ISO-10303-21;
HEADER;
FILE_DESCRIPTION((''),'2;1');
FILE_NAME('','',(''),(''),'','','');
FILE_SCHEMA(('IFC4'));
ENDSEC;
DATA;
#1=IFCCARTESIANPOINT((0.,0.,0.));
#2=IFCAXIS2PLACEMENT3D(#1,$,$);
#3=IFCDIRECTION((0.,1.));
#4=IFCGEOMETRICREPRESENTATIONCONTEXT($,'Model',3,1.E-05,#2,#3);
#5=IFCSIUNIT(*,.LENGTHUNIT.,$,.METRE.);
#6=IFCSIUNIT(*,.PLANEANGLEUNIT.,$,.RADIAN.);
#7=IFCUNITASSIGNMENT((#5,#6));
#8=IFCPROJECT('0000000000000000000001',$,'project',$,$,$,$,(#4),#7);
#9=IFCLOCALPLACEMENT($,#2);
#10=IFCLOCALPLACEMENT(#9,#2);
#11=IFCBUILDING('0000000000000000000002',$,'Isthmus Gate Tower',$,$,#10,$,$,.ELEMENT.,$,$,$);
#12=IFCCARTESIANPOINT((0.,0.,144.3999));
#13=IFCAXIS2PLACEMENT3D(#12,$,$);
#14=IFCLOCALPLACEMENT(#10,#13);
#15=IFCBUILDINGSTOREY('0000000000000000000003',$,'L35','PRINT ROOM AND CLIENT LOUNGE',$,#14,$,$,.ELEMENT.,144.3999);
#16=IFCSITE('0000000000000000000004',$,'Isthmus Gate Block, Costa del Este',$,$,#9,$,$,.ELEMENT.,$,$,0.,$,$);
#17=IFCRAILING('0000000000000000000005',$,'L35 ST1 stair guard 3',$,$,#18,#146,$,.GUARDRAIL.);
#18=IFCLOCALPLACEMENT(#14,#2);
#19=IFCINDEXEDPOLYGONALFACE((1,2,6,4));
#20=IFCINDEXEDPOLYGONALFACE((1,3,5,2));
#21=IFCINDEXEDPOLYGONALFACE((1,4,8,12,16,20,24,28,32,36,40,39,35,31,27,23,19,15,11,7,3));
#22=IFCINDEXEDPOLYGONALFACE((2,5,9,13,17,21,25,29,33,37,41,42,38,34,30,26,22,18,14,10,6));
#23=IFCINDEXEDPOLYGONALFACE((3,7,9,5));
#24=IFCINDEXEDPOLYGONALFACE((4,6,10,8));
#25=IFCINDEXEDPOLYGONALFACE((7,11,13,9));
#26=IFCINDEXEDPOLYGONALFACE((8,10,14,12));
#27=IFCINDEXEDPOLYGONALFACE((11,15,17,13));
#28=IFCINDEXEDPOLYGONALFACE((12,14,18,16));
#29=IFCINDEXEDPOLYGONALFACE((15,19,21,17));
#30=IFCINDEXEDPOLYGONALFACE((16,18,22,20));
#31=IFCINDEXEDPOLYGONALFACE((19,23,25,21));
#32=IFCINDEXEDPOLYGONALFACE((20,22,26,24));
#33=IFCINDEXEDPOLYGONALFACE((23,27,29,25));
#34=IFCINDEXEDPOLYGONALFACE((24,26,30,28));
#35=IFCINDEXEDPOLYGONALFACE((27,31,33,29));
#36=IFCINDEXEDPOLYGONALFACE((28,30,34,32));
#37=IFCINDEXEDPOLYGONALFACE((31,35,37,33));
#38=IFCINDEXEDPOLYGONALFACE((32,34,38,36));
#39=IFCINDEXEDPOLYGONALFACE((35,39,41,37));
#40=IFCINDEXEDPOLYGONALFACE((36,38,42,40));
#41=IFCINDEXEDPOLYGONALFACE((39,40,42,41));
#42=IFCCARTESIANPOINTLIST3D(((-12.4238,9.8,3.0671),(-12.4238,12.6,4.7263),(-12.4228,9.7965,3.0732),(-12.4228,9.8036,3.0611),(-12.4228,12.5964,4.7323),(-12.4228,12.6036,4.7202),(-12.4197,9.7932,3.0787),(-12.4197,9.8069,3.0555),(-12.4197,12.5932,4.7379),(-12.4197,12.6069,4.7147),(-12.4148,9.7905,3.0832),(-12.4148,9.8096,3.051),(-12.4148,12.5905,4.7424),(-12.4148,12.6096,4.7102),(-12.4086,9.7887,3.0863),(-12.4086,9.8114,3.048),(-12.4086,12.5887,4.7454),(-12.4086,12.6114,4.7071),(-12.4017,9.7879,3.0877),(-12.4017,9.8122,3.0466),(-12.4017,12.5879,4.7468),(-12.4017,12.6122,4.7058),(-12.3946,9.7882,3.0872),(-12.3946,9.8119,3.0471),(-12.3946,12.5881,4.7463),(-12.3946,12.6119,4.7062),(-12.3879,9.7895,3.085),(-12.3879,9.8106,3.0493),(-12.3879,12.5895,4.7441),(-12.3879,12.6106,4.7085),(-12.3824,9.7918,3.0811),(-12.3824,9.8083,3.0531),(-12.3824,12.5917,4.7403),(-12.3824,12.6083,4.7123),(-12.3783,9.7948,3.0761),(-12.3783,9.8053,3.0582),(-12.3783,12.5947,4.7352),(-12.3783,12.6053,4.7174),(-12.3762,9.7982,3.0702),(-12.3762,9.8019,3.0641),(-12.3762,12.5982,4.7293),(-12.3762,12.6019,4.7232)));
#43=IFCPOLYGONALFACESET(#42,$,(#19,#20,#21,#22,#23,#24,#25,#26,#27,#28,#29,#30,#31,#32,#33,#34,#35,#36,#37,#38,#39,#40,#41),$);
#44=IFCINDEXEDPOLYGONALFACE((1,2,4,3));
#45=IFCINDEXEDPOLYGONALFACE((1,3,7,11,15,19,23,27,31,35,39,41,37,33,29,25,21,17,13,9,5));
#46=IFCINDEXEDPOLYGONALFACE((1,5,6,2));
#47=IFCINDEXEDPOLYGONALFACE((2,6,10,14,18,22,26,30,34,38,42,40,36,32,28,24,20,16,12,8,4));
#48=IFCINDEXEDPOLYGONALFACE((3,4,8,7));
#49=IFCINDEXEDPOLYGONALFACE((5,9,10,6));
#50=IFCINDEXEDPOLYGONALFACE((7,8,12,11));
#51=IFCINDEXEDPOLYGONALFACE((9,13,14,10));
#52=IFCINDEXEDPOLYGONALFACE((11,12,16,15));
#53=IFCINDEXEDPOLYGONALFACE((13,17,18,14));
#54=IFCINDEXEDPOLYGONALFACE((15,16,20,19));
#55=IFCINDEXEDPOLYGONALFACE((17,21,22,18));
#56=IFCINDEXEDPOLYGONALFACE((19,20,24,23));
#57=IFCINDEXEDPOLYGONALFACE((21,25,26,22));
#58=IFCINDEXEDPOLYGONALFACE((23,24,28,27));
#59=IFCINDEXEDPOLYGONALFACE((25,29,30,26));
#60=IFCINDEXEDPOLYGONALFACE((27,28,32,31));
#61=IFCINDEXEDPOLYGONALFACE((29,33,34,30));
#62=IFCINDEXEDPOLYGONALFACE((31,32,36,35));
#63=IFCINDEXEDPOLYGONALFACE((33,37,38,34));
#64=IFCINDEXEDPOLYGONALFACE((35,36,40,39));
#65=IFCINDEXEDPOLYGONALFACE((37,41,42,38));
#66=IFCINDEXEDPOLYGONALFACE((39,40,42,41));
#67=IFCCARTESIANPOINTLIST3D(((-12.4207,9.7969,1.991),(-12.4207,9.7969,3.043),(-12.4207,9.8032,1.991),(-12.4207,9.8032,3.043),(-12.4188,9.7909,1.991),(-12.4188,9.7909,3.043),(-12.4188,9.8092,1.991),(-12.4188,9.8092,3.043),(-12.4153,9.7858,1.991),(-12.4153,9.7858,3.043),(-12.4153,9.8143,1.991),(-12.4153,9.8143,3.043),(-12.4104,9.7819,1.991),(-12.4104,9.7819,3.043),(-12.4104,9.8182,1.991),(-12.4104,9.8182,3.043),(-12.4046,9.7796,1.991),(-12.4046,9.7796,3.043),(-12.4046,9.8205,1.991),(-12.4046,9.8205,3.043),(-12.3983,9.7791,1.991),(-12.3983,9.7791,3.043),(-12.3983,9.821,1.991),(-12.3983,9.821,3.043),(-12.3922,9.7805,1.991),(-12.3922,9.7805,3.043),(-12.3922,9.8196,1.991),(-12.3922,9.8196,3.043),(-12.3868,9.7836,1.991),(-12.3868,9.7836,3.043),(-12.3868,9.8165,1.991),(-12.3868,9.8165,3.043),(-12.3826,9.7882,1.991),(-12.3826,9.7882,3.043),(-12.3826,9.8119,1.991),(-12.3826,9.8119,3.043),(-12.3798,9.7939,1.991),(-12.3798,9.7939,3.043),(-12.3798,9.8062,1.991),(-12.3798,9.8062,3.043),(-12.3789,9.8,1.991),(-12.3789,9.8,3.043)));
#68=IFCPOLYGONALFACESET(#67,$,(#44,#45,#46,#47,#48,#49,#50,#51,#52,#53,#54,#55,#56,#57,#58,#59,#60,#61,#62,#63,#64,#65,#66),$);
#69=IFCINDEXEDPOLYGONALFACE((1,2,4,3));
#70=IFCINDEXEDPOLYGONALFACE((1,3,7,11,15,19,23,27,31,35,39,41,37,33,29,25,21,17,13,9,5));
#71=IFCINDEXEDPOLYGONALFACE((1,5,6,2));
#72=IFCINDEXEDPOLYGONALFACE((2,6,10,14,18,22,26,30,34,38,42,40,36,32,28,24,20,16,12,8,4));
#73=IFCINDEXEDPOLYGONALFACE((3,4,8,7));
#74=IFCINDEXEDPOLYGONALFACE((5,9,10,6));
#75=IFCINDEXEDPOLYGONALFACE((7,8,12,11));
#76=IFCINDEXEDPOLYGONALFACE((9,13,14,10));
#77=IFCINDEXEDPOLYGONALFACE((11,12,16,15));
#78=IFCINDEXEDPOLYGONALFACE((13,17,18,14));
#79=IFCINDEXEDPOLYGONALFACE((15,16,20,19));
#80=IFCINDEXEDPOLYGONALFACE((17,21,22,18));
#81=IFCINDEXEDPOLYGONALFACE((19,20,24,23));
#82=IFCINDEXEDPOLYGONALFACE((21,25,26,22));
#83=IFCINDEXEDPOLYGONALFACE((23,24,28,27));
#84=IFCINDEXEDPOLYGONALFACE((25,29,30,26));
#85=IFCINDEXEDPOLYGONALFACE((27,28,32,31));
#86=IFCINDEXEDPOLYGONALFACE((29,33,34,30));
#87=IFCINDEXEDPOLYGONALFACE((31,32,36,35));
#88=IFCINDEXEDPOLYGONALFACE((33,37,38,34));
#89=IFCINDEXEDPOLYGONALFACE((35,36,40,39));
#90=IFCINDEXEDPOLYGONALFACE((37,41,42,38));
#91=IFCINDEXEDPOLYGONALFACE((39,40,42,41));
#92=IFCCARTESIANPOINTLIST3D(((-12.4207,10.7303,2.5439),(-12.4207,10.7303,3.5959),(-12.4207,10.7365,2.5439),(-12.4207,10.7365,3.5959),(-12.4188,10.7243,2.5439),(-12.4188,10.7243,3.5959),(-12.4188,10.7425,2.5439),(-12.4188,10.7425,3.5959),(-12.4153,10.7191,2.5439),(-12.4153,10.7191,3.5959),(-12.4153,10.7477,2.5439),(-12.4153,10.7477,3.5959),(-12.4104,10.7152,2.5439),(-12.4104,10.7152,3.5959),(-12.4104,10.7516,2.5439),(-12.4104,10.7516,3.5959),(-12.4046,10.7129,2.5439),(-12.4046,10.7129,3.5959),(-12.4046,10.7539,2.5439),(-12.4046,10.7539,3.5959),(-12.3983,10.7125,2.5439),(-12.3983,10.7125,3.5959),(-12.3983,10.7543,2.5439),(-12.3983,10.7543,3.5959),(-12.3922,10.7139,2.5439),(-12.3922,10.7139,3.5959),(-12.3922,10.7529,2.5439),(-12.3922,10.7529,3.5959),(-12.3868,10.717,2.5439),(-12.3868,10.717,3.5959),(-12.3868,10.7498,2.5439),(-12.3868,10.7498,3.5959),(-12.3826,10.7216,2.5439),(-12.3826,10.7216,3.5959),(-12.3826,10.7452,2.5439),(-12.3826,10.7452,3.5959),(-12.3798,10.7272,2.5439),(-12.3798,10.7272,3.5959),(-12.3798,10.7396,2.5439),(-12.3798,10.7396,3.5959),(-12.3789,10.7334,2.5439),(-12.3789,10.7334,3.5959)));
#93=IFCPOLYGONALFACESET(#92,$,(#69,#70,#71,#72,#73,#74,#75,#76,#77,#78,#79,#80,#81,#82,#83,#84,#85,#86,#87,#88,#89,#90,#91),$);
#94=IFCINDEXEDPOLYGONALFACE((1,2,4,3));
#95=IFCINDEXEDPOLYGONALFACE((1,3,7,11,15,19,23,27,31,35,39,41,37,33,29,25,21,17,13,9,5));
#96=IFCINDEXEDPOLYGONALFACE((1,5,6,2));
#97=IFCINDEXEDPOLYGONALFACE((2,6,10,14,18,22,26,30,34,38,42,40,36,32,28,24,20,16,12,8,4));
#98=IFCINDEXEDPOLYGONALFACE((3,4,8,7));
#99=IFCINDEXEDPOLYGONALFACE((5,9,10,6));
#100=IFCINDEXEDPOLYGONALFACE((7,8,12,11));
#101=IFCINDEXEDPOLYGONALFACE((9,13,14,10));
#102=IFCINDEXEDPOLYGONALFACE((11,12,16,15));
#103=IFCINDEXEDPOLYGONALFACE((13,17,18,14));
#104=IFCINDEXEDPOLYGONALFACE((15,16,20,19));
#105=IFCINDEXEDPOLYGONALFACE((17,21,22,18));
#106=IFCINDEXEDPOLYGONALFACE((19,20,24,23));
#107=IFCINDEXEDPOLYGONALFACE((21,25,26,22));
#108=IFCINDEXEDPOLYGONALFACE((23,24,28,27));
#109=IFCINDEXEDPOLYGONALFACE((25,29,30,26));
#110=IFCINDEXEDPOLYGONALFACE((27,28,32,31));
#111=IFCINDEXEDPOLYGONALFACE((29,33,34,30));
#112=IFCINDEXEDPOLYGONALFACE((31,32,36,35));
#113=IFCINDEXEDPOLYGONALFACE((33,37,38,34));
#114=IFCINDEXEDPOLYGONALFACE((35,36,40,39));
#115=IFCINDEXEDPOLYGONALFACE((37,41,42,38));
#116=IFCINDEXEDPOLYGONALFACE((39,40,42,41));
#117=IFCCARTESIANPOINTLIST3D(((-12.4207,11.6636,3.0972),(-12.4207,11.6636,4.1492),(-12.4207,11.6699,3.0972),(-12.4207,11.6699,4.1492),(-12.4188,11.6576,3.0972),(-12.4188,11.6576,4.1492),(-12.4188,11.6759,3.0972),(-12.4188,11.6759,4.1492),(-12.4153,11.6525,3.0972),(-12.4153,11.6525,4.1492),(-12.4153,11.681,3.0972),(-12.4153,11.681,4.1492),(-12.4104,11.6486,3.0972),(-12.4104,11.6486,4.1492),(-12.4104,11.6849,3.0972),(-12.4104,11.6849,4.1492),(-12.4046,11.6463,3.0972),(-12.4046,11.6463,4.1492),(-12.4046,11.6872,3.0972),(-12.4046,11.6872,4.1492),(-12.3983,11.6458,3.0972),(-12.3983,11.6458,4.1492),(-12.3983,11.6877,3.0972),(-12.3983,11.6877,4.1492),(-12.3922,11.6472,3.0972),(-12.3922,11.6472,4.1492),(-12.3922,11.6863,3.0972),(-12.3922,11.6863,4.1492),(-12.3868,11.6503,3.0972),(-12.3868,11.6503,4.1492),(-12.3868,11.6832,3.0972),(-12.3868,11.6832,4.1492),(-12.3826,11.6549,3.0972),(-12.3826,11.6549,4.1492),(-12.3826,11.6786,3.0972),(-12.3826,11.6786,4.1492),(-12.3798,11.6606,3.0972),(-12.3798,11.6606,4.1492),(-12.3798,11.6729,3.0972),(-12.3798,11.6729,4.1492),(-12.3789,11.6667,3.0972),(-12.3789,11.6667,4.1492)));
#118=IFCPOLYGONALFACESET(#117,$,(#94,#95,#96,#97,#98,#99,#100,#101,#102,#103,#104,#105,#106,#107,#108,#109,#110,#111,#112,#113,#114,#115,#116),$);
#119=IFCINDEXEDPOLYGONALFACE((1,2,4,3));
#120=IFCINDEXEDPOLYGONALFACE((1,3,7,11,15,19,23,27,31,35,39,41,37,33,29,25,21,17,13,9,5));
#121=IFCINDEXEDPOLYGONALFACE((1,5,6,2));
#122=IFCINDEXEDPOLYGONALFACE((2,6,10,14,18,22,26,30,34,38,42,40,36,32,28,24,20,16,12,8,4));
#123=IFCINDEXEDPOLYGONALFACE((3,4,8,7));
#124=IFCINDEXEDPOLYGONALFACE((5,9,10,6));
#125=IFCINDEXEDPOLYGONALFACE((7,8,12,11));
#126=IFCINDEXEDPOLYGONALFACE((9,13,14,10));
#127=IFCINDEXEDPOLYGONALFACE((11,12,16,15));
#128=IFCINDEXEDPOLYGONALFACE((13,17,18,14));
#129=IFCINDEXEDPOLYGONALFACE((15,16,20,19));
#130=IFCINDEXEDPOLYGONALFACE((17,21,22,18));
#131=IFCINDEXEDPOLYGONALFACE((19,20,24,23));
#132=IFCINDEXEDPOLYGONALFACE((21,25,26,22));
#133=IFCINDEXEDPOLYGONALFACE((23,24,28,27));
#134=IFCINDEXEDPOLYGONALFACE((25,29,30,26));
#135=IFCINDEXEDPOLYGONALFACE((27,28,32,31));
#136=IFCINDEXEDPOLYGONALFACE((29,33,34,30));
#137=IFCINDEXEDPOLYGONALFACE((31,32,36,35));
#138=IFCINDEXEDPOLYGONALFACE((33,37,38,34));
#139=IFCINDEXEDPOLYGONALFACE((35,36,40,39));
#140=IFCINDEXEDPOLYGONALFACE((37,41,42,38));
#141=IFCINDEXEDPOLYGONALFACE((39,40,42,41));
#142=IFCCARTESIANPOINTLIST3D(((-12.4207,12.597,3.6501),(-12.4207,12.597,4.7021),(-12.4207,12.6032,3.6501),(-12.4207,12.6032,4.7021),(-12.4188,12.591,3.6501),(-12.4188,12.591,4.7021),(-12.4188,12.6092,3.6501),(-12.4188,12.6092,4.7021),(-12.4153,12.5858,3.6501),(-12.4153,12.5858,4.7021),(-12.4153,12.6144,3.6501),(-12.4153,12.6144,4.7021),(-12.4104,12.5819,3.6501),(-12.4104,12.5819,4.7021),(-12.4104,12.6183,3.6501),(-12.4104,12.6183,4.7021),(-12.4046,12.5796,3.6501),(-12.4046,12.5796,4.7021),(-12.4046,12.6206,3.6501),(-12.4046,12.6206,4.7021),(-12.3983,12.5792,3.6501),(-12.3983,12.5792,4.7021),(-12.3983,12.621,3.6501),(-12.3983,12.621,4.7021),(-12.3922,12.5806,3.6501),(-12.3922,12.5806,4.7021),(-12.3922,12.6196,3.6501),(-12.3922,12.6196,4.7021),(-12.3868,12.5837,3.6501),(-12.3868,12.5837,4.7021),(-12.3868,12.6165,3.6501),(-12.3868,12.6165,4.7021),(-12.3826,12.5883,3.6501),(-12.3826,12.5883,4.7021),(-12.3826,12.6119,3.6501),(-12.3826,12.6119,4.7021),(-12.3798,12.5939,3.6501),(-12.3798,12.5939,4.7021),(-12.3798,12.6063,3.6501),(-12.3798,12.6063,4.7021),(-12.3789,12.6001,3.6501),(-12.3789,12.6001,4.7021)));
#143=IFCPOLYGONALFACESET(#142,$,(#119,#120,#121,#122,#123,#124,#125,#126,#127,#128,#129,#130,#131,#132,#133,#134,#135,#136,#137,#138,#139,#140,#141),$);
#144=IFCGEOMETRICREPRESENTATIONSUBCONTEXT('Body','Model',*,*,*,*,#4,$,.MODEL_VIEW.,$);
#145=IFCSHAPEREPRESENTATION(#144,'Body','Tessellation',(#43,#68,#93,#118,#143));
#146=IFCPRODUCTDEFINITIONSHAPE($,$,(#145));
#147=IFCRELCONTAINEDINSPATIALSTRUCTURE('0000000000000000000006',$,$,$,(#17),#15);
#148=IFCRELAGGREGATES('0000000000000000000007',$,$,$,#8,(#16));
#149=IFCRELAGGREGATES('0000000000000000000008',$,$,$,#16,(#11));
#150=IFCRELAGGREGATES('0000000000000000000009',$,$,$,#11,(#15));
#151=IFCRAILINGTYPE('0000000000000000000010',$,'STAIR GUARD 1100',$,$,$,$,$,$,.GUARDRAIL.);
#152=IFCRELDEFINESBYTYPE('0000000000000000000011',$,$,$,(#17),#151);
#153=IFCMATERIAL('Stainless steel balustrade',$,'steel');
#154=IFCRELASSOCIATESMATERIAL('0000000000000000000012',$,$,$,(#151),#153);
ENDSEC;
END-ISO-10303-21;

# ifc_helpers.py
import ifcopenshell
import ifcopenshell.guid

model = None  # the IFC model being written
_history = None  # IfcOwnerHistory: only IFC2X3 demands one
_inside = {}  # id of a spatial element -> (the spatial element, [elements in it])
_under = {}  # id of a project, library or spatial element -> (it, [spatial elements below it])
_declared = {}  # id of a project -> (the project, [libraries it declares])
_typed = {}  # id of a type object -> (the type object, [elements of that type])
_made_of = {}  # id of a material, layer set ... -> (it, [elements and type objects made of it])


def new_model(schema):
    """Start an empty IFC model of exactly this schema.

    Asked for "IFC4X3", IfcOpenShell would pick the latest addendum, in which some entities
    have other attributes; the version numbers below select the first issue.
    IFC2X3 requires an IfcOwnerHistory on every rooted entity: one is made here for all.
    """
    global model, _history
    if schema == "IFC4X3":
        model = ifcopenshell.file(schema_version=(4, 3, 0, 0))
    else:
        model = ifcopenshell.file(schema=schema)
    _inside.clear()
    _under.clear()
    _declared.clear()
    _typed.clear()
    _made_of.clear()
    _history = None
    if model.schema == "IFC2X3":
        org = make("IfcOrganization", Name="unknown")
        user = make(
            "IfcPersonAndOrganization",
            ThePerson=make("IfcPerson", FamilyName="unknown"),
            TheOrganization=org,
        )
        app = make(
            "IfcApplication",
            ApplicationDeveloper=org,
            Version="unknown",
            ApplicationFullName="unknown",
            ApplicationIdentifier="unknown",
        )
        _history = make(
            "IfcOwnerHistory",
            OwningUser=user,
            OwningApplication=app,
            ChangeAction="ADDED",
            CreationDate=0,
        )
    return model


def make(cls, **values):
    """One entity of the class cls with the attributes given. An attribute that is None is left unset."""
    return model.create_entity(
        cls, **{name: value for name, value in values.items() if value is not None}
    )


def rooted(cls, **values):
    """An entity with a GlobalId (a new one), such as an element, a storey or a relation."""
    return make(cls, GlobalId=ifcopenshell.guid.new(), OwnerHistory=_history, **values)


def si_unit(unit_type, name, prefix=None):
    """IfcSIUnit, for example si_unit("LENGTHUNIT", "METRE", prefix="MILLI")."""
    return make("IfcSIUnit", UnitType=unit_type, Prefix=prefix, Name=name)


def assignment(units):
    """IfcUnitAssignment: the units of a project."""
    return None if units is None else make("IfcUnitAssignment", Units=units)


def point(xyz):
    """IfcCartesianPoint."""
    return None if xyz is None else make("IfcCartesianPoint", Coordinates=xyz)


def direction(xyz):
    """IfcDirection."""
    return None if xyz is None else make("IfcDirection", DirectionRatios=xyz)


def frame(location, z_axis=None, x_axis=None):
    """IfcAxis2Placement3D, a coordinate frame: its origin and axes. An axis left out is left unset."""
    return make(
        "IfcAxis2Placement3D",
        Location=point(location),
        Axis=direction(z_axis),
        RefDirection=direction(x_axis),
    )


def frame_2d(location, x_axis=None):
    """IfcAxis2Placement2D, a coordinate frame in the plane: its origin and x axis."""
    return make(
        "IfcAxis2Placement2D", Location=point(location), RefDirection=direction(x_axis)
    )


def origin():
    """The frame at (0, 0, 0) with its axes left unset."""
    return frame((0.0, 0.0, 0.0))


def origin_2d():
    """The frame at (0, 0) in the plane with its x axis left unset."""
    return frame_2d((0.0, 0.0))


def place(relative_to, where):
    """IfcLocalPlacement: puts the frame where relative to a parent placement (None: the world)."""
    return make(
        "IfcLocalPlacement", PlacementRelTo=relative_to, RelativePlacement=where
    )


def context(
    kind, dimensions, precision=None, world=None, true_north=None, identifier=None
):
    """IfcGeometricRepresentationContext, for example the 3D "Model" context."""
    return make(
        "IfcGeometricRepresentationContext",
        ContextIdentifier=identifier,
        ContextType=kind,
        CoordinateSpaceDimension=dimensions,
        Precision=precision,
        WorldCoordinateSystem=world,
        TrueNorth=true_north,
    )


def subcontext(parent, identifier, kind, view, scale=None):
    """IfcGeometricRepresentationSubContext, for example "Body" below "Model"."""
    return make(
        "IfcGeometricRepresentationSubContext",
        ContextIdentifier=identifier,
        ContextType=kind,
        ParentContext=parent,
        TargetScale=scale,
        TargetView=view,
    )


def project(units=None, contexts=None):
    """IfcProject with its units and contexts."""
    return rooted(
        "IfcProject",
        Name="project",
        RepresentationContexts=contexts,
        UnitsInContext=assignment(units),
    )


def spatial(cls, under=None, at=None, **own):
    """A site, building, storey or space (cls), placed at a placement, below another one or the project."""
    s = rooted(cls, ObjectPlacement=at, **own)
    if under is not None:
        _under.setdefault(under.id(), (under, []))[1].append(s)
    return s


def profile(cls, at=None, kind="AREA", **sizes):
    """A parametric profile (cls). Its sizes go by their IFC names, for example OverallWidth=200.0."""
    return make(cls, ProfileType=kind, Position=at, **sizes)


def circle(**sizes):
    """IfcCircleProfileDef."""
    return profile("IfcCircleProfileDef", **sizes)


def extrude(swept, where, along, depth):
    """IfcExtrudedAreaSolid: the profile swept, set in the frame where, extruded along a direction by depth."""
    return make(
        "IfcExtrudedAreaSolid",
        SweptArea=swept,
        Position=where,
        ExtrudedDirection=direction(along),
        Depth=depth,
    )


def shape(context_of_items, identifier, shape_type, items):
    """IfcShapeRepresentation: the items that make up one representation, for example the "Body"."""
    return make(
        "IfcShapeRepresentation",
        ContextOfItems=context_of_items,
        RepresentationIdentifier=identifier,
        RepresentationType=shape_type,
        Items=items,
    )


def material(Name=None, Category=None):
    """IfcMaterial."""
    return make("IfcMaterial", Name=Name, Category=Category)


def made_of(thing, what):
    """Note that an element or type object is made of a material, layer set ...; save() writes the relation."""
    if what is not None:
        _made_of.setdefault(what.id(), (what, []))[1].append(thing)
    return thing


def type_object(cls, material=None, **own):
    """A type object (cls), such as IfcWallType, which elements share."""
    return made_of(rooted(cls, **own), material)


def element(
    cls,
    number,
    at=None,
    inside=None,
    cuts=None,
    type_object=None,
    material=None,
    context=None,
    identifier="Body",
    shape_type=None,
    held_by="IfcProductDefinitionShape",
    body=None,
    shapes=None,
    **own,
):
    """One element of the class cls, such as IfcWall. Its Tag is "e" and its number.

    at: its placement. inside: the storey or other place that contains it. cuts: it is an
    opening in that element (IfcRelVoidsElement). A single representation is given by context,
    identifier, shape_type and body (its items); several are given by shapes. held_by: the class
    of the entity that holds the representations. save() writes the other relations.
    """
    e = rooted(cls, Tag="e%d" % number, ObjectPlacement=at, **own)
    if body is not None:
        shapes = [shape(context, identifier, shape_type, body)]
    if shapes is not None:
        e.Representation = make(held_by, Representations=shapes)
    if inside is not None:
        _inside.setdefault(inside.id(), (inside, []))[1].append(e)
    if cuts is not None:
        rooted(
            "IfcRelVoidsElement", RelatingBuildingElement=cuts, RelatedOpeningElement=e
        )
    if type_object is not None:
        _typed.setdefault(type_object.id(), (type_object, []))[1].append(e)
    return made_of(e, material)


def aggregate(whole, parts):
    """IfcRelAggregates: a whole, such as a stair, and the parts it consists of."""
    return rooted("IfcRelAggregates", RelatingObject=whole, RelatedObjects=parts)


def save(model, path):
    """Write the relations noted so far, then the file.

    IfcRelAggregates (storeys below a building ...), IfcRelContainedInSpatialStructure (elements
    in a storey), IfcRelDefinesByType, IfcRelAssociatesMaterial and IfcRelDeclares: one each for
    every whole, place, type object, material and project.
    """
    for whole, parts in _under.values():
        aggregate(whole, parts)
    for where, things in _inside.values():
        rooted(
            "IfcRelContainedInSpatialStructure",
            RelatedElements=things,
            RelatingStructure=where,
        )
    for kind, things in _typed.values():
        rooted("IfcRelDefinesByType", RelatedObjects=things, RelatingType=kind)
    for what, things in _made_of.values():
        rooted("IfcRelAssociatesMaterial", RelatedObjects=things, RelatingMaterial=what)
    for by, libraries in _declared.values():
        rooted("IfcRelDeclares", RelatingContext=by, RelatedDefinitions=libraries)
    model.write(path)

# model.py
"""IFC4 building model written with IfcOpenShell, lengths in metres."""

from ifc_helpers import new_model, si_unit, direction, frame, origin, origin_2d, place, context, subcontext, project, spatial, circle, extrude, material, type_object, element, save


model = new_model("IFC4")

# Units and contexts
model_context = context("Model", 3, precision=1e-05, world=origin(), true_north=direction((0.0, 1.0)))
body_context = subcontext(model_context, "Body", "Model", "MODEL_VIEW")
ifc_project = project(units=[si_unit("LENGTHUNIT", "METRE"), si_unit("PLANEANGLEUNIT", "RADIAN")], contexts=[model_context])

# Site, building, storey
site_placement = place(None, origin())
site = spatial("IfcSite", under=ifc_project, at=site_placement, Name="Isthmus Gate Block, Costa del Este", CompositionType="ELEMENT", RefElevation=0.0)
building_placement = place(site_placement, origin())
building = spatial("IfcBuilding", under=site, at=building_placement, Name="Isthmus Gate Tower", CompositionType="ELEMENT")
storey_placement = place(building_placement, frame((0.0, 0.0, 144.3999)))
storey = spatial("IfcBuildingStorey", under=building, at=storey_placement, Name="L35", Description="PRINT ROOM AND CLIENT LOUNGE", CompositionType="ELEMENT", Elevation=144.3999)

# Railing
ifc_material_1 = material(Name="Stainless steel balustrade", Category="steel")
railing_type_1 = type_object("IfcRailingType", Name="STAIR GUARD 1100", PredefinedType="GUARDRAIL", material=ifc_material_1)
railing_1_placement = place(storey_placement, frame((-12.3999, 9.8, 1.991)))
element("IfcRailing", 1, at=railing_1_placement, inside=storey, type_object=railing_type_1, Name="L35 ST1 stair guard 3", PredefinedType="GUARDRAIL", context=body_context, shape_type="SweptSolid", body=[
    extrude(circle(Radius=0.0239, at=origin_2d()), frame((0.0, 0.0, 1.0762), z_axis=(0.0, 0.860306, 0.509778), x_axis=(-1.0, 0.0, 0.0)), (0.0, 0.0, 1.0), 3.2546),
    extrude(circle(Radius=0.021, at=origin_2d()), origin(), (0.0, 0.0, 1.0), 1.052),
    extrude(circle(Radius=0.021, at=origin_2d()), frame((0.0, 0.9333, 0.553)), (0.0, 0.0, 1.0), 1.052),
    extrude(circle(Radius=0.021, at=origin_2d()), frame((0.0, 1.8667, 1.1062)), (0.0, 0.0, 1.0), 1.052),
    extrude(circle(Radius=0.021, at=origin_2d()), frame((0.0, 2.8, 1.6592)), (0.0, 0.0, 1.0), 1.052),
])

save(model, "model.ifc")
